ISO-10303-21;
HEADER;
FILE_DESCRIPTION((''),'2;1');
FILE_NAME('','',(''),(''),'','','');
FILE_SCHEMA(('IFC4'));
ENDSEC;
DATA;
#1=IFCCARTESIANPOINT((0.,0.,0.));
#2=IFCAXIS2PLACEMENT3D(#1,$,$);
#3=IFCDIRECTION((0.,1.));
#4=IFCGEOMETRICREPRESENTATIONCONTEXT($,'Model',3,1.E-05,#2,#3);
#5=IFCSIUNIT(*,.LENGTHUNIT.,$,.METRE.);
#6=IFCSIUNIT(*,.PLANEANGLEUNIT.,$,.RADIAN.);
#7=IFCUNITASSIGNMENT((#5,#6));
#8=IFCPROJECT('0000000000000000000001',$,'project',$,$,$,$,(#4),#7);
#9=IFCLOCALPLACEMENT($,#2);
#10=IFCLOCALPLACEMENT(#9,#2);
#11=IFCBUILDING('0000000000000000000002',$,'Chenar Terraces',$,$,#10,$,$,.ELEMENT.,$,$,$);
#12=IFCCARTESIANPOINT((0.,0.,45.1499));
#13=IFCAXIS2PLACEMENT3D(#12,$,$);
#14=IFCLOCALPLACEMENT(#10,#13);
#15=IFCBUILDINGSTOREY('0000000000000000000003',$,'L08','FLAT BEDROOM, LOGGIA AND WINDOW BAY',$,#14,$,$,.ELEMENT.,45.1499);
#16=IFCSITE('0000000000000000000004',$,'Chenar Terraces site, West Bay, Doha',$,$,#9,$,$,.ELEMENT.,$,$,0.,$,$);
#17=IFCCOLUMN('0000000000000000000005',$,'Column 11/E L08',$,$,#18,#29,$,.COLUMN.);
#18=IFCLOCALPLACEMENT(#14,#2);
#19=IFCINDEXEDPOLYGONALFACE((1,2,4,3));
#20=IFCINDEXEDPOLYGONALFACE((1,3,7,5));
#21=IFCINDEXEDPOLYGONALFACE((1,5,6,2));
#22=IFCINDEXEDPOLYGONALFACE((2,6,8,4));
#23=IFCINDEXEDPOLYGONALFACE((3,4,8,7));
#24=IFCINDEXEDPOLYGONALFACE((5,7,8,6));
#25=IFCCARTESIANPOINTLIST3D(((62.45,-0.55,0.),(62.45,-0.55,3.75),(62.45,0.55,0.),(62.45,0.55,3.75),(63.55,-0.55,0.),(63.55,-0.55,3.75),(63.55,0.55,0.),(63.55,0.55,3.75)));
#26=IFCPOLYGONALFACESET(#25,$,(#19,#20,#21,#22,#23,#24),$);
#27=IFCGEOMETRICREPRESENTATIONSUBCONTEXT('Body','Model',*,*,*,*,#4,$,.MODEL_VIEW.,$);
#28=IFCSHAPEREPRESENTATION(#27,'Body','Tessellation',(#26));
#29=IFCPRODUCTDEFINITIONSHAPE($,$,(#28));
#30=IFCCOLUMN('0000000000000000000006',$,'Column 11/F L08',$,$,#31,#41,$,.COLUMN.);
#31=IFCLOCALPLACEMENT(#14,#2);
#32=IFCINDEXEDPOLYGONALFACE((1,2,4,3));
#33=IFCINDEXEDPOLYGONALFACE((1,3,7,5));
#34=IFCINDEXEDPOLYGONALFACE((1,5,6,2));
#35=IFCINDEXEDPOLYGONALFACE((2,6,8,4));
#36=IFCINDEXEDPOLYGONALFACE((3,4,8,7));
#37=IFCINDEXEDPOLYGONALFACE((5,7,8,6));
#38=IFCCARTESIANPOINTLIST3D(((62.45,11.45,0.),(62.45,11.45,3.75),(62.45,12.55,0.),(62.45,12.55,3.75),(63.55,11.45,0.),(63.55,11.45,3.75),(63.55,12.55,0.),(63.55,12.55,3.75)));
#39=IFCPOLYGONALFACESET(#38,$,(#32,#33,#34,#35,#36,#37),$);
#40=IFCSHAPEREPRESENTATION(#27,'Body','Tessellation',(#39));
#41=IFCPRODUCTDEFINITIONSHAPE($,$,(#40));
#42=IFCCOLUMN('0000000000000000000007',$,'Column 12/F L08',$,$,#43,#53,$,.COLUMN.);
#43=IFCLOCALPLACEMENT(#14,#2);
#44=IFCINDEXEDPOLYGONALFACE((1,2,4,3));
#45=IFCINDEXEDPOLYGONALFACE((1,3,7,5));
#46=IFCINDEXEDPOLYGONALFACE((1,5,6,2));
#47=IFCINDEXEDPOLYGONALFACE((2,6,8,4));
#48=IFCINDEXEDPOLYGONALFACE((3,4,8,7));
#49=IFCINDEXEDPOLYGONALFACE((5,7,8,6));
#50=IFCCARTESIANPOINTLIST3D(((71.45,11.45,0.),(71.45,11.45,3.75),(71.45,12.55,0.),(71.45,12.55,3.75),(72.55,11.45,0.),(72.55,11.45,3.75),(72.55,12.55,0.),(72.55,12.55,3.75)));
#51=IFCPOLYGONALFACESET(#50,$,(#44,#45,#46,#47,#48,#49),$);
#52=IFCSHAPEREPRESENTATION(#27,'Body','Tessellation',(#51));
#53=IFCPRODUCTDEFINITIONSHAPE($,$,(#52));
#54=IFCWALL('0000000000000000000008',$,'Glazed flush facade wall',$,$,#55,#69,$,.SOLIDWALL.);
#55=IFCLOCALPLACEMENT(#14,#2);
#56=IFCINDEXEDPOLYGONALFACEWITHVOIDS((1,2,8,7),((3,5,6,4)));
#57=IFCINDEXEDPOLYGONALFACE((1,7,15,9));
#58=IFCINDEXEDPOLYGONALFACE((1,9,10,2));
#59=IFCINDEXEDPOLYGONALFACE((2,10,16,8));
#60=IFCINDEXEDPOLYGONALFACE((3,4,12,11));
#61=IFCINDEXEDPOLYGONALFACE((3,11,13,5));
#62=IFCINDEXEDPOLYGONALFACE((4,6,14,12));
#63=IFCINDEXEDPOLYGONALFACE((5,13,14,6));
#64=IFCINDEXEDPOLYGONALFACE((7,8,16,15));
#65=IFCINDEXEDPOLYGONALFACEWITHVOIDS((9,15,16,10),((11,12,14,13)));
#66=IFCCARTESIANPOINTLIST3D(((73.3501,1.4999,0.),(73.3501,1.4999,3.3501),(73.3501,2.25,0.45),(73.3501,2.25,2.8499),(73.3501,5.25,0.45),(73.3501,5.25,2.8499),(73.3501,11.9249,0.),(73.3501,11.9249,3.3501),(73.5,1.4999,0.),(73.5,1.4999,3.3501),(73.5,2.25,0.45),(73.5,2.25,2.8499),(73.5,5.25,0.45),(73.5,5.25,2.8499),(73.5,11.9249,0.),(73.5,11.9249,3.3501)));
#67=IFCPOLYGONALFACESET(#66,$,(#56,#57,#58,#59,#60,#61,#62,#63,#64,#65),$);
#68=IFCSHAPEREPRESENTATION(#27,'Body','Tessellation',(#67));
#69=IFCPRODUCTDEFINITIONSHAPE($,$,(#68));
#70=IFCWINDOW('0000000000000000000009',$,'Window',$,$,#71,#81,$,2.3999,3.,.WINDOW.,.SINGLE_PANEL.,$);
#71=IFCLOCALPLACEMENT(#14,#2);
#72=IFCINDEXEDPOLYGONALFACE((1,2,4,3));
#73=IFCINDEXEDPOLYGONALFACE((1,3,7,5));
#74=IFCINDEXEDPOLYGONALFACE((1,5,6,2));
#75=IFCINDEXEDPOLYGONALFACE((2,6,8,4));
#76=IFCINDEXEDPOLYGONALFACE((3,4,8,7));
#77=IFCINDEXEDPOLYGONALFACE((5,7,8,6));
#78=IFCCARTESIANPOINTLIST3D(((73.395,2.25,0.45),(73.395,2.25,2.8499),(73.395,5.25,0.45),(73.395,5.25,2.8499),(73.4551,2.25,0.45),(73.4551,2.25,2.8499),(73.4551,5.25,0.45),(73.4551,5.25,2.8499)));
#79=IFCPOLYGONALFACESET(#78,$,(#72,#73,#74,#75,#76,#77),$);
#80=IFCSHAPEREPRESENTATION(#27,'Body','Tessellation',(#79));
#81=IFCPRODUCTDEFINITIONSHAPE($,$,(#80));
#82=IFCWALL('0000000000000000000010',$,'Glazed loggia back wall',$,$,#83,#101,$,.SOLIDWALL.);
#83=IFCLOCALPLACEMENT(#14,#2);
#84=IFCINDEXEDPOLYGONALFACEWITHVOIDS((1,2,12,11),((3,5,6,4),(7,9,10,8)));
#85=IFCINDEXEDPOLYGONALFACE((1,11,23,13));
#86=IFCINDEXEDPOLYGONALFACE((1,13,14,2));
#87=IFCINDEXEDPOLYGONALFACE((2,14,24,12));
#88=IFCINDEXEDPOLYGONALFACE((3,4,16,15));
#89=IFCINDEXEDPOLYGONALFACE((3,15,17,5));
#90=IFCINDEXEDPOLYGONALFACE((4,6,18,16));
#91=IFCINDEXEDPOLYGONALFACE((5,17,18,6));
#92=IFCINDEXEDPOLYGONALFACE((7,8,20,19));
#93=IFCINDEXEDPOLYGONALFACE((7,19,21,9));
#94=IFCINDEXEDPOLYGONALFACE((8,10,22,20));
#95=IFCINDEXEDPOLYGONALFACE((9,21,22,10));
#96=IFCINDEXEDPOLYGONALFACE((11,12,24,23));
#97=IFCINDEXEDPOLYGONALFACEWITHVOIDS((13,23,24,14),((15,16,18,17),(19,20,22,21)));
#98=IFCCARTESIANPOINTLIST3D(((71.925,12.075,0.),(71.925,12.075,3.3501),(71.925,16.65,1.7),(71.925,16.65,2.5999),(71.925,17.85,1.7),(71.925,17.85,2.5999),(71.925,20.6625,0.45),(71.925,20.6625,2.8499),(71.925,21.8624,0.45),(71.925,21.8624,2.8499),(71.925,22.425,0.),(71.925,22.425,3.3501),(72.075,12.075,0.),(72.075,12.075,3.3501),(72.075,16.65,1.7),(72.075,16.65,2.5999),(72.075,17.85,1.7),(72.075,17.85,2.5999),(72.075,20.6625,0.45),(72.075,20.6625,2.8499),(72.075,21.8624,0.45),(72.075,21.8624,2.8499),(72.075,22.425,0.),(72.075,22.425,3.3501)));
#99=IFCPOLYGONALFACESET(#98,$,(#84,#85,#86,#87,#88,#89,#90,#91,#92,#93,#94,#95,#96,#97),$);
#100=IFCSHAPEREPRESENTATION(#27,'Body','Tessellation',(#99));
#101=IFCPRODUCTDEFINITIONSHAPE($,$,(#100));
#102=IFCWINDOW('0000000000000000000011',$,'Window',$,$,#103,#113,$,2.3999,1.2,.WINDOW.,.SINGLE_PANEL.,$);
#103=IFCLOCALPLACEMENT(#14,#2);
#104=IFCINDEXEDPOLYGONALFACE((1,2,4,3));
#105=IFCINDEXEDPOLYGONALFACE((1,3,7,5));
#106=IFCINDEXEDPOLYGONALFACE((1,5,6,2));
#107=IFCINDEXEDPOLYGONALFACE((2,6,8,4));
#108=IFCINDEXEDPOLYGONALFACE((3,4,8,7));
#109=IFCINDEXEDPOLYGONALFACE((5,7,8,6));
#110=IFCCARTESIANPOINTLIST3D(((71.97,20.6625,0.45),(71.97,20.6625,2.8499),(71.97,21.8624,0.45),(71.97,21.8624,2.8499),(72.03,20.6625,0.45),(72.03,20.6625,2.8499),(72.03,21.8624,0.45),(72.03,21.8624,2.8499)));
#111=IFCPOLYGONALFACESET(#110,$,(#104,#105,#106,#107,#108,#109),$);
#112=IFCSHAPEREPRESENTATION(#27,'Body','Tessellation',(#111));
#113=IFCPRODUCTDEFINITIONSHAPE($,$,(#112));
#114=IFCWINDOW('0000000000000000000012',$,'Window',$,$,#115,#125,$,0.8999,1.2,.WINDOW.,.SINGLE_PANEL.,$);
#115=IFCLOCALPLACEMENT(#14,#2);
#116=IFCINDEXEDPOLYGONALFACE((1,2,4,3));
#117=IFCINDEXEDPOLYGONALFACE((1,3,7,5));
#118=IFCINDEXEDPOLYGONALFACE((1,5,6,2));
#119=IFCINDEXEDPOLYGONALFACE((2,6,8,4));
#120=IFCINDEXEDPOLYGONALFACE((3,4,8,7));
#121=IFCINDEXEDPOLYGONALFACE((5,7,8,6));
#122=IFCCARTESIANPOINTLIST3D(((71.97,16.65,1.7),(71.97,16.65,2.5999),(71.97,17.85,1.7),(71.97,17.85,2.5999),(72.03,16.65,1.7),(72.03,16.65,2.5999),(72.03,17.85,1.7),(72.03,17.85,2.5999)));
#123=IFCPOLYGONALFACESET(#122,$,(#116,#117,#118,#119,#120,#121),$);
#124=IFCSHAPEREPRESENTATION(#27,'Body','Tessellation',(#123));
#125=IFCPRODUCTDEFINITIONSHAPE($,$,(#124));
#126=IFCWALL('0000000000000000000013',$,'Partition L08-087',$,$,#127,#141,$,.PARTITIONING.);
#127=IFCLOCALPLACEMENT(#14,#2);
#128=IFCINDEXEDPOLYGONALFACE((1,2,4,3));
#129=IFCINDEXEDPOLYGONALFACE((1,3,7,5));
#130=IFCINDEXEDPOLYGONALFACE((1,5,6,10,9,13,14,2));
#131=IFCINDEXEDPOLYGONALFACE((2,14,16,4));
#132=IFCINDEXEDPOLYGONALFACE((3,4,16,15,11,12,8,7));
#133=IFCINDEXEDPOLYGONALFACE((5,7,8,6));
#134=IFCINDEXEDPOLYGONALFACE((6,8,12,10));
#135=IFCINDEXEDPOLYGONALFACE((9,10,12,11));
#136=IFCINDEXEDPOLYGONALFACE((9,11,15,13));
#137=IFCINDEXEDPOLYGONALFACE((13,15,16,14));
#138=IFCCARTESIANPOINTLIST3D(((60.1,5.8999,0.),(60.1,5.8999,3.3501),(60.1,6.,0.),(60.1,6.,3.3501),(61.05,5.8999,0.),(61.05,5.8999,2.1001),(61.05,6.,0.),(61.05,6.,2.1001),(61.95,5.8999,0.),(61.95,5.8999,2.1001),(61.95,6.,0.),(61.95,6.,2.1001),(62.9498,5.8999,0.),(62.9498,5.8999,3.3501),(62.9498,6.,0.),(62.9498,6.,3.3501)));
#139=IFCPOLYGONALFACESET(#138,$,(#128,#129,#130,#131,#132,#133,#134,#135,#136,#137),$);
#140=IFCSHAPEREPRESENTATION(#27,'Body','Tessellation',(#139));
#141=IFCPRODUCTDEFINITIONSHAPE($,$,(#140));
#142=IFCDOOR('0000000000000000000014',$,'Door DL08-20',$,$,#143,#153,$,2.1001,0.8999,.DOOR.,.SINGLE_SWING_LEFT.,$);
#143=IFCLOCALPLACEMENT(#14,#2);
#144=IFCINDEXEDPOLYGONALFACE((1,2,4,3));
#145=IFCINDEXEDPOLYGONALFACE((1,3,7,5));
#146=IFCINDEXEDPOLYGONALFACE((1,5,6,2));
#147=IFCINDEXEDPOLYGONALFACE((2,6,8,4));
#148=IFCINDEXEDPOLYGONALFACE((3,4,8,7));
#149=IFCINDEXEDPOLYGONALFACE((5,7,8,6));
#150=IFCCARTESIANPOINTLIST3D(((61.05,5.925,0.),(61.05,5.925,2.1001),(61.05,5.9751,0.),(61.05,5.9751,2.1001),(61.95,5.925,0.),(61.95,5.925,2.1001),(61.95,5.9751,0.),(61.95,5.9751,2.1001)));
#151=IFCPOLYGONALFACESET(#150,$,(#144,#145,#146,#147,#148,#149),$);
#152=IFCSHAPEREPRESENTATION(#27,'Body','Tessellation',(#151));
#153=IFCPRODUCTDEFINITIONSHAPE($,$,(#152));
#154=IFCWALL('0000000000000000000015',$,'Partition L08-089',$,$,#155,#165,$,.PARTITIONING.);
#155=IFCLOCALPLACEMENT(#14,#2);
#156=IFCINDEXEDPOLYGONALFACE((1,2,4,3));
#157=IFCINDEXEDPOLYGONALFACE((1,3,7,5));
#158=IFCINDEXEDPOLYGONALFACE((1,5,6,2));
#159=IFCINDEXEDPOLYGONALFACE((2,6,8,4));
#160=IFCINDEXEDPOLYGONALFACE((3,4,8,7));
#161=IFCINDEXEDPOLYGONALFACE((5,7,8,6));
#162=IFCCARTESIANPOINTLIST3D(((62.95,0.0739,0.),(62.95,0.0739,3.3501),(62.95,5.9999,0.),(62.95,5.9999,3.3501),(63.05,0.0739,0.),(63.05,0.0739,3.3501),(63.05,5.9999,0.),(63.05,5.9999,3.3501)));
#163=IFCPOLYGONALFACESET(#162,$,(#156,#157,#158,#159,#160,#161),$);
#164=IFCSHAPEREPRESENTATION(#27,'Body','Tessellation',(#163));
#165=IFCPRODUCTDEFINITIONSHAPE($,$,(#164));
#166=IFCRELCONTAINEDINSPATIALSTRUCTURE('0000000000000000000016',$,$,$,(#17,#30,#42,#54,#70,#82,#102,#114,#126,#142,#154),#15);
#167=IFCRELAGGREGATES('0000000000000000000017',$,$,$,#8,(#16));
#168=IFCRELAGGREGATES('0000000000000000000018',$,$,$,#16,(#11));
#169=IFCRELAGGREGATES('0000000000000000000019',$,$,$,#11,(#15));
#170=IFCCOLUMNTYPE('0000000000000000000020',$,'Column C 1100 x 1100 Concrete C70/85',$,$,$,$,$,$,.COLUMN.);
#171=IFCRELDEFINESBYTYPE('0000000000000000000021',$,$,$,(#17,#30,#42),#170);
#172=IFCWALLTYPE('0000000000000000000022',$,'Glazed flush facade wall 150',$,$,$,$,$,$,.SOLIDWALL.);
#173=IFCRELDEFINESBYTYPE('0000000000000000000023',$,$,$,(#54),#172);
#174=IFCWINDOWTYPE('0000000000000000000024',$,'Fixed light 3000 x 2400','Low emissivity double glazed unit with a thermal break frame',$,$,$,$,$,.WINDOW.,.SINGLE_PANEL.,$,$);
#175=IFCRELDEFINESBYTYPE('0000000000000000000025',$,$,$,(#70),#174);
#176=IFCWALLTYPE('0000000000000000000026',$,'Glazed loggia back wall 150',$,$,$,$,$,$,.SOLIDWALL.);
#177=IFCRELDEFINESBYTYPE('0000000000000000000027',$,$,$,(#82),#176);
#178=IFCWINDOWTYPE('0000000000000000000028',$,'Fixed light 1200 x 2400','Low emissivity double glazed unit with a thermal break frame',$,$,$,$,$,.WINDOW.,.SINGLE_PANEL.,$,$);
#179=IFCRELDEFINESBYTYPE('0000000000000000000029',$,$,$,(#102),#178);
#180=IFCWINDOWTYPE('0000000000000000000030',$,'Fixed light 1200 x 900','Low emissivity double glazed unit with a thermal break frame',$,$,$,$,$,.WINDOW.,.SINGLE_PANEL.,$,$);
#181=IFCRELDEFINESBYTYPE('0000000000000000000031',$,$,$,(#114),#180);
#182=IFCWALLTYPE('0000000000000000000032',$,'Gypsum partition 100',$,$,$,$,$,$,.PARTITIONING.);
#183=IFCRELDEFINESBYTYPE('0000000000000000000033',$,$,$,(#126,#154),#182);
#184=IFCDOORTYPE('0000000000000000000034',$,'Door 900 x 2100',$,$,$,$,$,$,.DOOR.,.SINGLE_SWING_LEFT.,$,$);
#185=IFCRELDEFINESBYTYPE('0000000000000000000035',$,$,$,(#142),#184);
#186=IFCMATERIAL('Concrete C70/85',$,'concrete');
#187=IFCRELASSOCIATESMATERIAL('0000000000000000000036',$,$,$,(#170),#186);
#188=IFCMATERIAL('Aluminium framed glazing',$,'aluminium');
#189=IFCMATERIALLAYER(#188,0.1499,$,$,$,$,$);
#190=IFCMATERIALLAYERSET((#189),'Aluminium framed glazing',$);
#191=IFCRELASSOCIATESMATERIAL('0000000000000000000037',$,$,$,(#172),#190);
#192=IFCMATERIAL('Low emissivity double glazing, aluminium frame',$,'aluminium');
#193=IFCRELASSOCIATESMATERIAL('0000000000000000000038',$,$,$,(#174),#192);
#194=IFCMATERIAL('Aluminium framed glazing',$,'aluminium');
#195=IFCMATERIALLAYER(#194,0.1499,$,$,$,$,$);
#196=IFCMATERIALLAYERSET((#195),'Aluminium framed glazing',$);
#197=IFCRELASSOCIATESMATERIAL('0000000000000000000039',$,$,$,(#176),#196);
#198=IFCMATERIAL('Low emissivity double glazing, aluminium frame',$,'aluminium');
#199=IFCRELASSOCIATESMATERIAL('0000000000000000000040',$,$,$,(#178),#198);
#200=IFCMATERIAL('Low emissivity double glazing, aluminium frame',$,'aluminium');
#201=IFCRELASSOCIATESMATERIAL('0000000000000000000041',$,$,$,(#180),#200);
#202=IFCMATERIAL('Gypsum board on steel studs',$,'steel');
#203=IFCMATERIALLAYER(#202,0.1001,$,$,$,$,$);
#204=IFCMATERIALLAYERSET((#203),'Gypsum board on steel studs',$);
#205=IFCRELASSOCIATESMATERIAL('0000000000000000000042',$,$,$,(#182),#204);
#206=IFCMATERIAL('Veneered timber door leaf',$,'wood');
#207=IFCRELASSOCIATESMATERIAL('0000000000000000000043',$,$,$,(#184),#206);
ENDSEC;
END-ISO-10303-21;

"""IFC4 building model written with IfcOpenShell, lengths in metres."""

from ifc_helpers import new_model, si_unit, direction, frame, frame_2d, origin, origin_2d, place, context, subcontext, project, spatial, rectangle, extrude, material, layer, layer_set, material_profile, profile_set, type_object, element, fill, save


model = new_model("IFC4")

# Units and contexts
model_context = context("Model", 3, precision=1e-05, world=origin(), true_north=direction((0.0, 1.0)))
body_context = subcontext(model_context, "Body", "Model", "MODEL_VIEW")
ifc_project = project(units=[si_unit("LENGTHUNIT", "METRE"), si_unit("PLANEANGLEUNIT", "RADIAN")], contexts=[model_context])

# Site, building, storey
site_placement = place(None, origin())
site = spatial("IfcSite", under=ifc_project, at=site_placement, Name="Chenar Terraces site, West Bay, Doha", CompositionType="ELEMENT", RefElevation=0.0)
building_placement = place(site_placement, origin())
building = spatial("IfcBuilding", under=site, at=building_placement, Name="Chenar Terraces", CompositionType="ELEMENT")
storey_placement = place(building_placement, frame((0.0, 0.0, 45.1499)))
storey = spatial("IfcBuildingStorey", under=building, at=storey_placement, Name="L08", Description="FLAT BEDROOM, LOGGIA AND WINDOW BAY", CompositionType="ELEMENT", Elevation=45.1499)

# Columns
ifc_material_1 = material(Name="Concrete C70/85", Category="concrete")
ifc_material_profile = material_profile(ifc_material_1, rectangle(XDim=1.1001, YDim=1.1001, at=origin_2d()), Name="C 1100 x 1100")
ifc_profile_set = profile_set([ifc_material_profile], Name="Concrete C70/85")
column_type = type_object("IfcColumnType", Name="Column C 1100 x 1100 Concrete C70/85", PredefinedType="COLUMN", material=ifc_profile_set)
for number, where, z_axis, x_axis, name in (
    (1, (63.0, 0.0, 0.0), (0.0, 0.0, 1.0), (1.0, 0.0, 0.0), "Column 11/E L08"),
    (2, (63.0, 12.0, 0.0), (0.0, 0.0, 1.0), (1.0, 0.0, 0.0), "Column 11/F L08"),
    (3, (72.0, 12.0, 0.0), (0.0, 0.0, 1.0), (1.0, 0.0, 0.0), "Column 12/F L08"),
):
    element("IfcColumn", number, at=place(storey_placement, frame(where, z_axis=z_axis, x_axis=x_axis)), inside=storey, type_object=column_type, Name=name, PredefinedType="COLUMN", context=body_context, shape_type="SweptSolid", body=[
        extrude(rectangle(XDim=1.1001, YDim=1.1001, at=origin_2d()), origin(), (0.0, 0.0, 1.0), 3.75),
    ])

# Wall, opening, window
ifc_material_2 = material(Name="Aluminium framed glazing", Category="aluminium")
ifc_layer_1 = layer(ifc_material_2, 0.1499)
ifc_layer_set_1 = layer_set([ifc_layer_1], Name="Aluminium framed glazing")
wall_type_1 = type_object("IfcWallType", Name="Glazed flush facade wall 150", PredefinedType="SOLIDWALL", material=ifc_layer_set_1)
wall_1_placement = place(storey_placement, frame((73.425, 1.5, 0.0), z_axis=(0.0, 0.0, 1.0), x_axis=(0.0, 1.0, 0.0)))
wall_1 = element("IfcWall", 4, at=wall_1_placement, inside=storey, type_object=wall_type_1, Name="Glazed flush facade wall", PredefinedType="SOLIDWALL", context=body_context, shape_type="SweptSolid", body=[
    extrude(rectangle(XDim=10.425, YDim=0.1499, at=frame_2d((5.2124, 0.0))), origin(), (0.0, 0.0, 1.0), 3.3501),
])
opening_1_placement = place(wall_1_placement, frame((0.75, 0.0, 0.45)))
opening_1 = element("IfcOpeningElement", 5, at=opening_1_placement, cuts=wall_1, PredefinedType="OPENING", context=body_context, shape_type="SweptSolid", body=[
    extrude(rectangle(XDim=3.0, YDim=2.3999, at=frame_2d((1.5, 1.2))), frame((0.0, 0.085, 0.0), z_axis=(0.0, -1.0, 0.0), x_axis=(1.0, 0.0, 0.0)), (0.0, 0.0, 1.0), 0.1699),
])
ifc_material_3 = material(Name="Low emissivity double glazing, aluminium frame", Category="aluminium")
window_type_1 = type_object("IfcWindowType", Name="Fixed light 3000 x 2400", Description="Low emissivity double glazed unit with a thermal break frame", PartitioningType="SINGLE_PANEL", PredefinedType="WINDOW", material=ifc_material_3)
window_1_placement = place(opening_1_placement, origin())
window_1 = element("IfcWindow", 6, at=window_1_placement, inside=storey, type_object=window_type_1, Name="Window", OverallHeight=2.3999, OverallWidth=3.0, PartitioningType="SINGLE_PANEL", PredefinedType="WINDOW", context=body_context, shape_type="SweptSolid", body=[
    extrude(rectangle(XDim=3.0, YDim=2.3999, at=frame_2d((1.5, 1.2))), frame((0.0, 0.03, 0.0), z_axis=(0.0, -1.0, 0.0), x_axis=(1.0, 0.0, 0.0)), (0.0, 0.0, 1.0), 0.0601),
])
fill(opening_1, window_1)

# Wall, openings, windows
ifc_material_4 = material(Name="Aluminium framed glazing", Category="aluminium")
ifc_layer_2 = layer(ifc_material_4, 0.1499)
ifc_layer_set_2 = layer_set([ifc_layer_2], Name="Aluminium framed glazing")
wall_type_2 = type_object("IfcWallType", Name="Glazed loggia back wall 150", PredefinedType="SOLIDWALL", material=ifc_layer_set_2)
wall_2_placement = place(storey_placement, frame((72.0, 12.075, 0.0), z_axis=(0.0, 0.0, 1.0), x_axis=(0.0, 1.0, 0.0)))
wall_2 = element("IfcWall", 7, at=wall_2_placement, inside=storey, type_object=wall_type_2, Name="Glazed loggia back wall", PredefinedType="SOLIDWALL", context=body_context, shape_type="SweptSolid", body=[
    extrude(rectangle(XDim=10.3501, YDim=0.1499, at=frame_2d((5.175, 0.0))), origin(), (0.0, 0.0, 1.0), 3.3501),
])
opening_2_placement = place(wall_2_placement, frame((4.575, 0.0, 1.7)))
opening_2 = element("IfcOpeningElement", 8, at=opening_2_placement, cuts=wall_2, PredefinedType="OPENING", context=body_context, shape_type="SweptSolid", body=[
    extrude(rectangle(XDim=1.2, YDim=0.8999, at=frame_2d((0.6001, 0.45))), frame((0.0, 0.085, 0.0), z_axis=(0.0, -1.0, 0.0), x_axis=(1.0, 0.0, 0.0)), (0.0, 0.0, 1.0), 0.1699),
])
opening_3_placement = place(wall_2_placement, frame((8.5874, 0.0, 0.45)))
opening_3 = element("IfcOpeningElement", 9, at=opening_3_placement, cuts=wall_2, PredefinedType="OPENING", context=body_context, shape_type="SweptSolid", body=[
    extrude(rectangle(XDim=1.2, YDim=2.3999, at=frame_2d((0.6001, 1.2))), frame((0.0, 0.085, 0.0), z_axis=(0.0, -1.0, 0.0), x_axis=(1.0, 0.0, 0.0)), (0.0, 0.0, 1.0), 0.1699),
])
ifc_material_5 = material(Name="Low emissivity double glazing, aluminium frame", Category="aluminium")
window_type_2 = type_object("IfcWindowType", Name="Fixed light 1200 x 2400", Description="Low emissivity double glazed unit with a thermal break frame", PartitioningType="SINGLE_PANEL", PredefinedType="WINDOW", material=ifc_material_5)
window_2_placement = place(opening_3_placement, origin())
window_2 = element("IfcWindow", 10, at=window_2_placement, inside=storey, type_object=window_type_2, Name="Window", OverallHeight=2.3999, OverallWidth=1.2, PartitioningType="SINGLE_PANEL", PredefinedType="WINDOW", context=body_context, shape_type="SweptSolid", body=[
    extrude(rectangle(XDim=1.2, YDim=2.3999, at=frame_2d((0.6001, 1.2))), frame((0.0, 0.03, 0.0), z_axis=(0.0, -1.0, 0.0), x_axis=(1.0, 0.0, 0.0)), (0.0, 0.0, 1.0), 0.0601),
])
fill(opening_3, window_2)
ifc_material_6 = material(Name="Low emissivity double glazing, aluminium frame", Category="aluminium")
window_type_3 = type_object("IfcWindowType", Name="Fixed light 1200 x 900", Description="Low emissivity double glazed unit with a thermal break frame", PartitioningType="SINGLE_PANEL", PredefinedType="WINDOW", material=ifc_material_6)
window_3_placement = place(opening_2_placement, origin())
window_3 = element("IfcWindow", 11, at=window_3_placement, inside=storey, type_object=window_type_3, Name="Window", OverallHeight=0.8999, OverallWidth=1.2, PartitioningType="SINGLE_PANEL", PredefinedType="WINDOW", context=body_context, shape_type="SweptSolid", body=[
    extrude(rectangle(XDim=1.2, YDim=0.8999, at=frame_2d((0.6001, 0.45))), frame((0.0, 0.03, 0.0), z_axis=(0.0, -1.0, 0.0), x_axis=(1.0, 0.0, 0.0)), (0.0, 0.0, 1.0), 0.0601),
])
fill(opening_2, window_3)

# Wall, opening, door
ifc_material_7 = material(Name="Gypsum board on steel studs", Category="steel")
ifc_layer_3 = layer(ifc_material_7, 0.1001)
ifc_layer_set_3 = layer_set([ifc_layer_3], Name="Gypsum board on steel studs")
wall_type_3 = type_object("IfcWallType", Name="Gypsum partition 100", PredefinedType="PARTITIONING", material=ifc_layer_set_3)
wall_3_placement = place(storey_placement, frame((60.1001, 5.95, 0.0), z_axis=(0.0, 0.0, 1.0), x_axis=(1.0, 0.0, 0.0)))
wall_3 = element("IfcWall", 12, at=wall_3_placement, inside=storey, type_object=wall_type_3, Name="Partition L08-087", PredefinedType="PARTITIONING", context=body_context, shape_type="SweptSolid", body=[
    extrude(rectangle(XDim=2.8499, YDim=0.1001, at=frame_2d((1.4248, 0.0))), origin(), (0.0, 0.0, 1.0), 3.3501),
])
opening_4_placement = place(wall_3_placement, frame((0.95, 0.0, 0.0)))
opening_4 = element("IfcOpeningElement", 13, at=opening_4_placement, cuts=wall_3, PredefinedType="OPENING", context=body_context, shape_type="SweptSolid", body=[
    extrude(rectangle(XDim=0.8999, YDim=2.1001, at=frame_2d((0.45, 1.05))), frame((0.0, 0.0601, 0.0), z_axis=(0.0, -1.0, 0.0), x_axis=(1.0, 0.0, 0.0)), (0.0, 0.0, 1.0), 0.1201),
])
ifc_material_8 = material(Name="Veneered timber door leaf", Category="wood")
door_type_1 = type_object("IfcDoorType", Name="Door 900 x 2100", OperationType="SINGLE_SWING_LEFT", PredefinedType="DOOR", material=ifc_material_8)
door_1_placement = place(opening_4_placement, frame((0.8999, 0.0, 0.0), z_axis=(0.0, 0.0, 1.0), x_axis=(-1.0, 0.0, 0.0)))
door_1 = element("IfcDoor", 14, at=door_1_placement, inside=storey, type_object=door_type_1, Name="Door DL08-20", OperationType="SINGLE_SWING_LEFT", OverallHeight=2.1001, OverallWidth=0.8999, PredefinedType="DOOR", context=body_context, shape_type="SweptSolid", body=[
    extrude(rectangle(XDim=0.8999, YDim=2.1001, at=frame_2d((0.45, 1.05))), frame((0.0, 0.0249, 0.0), z_axis=(0.0, -1.0, 0.0), x_axis=(1.0, 0.0, 0.0)), (0.0, 0.0, 1.0), 0.05),
])
fill(opening_4, door_1)

# Wall
for number, where, z_axis, x_axis, name in (
    (15, (63.0, 0.074, 0.0), (0.0, 0.0, 1.0), (0.0, 1.0, 0.0), "Partition L08-089"),
):
    element("IfcWall", number, at=place(storey_placement, frame(where, z_axis=z_axis, x_axis=x_axis)), inside=storey, type_object=wall_type_3, Name=name, PredefinedType="PARTITIONING", context=body_context, shape_type="SweptSolid", body=[
        extrude(rectangle(XDim=5.926, YDim=0.1001, at=frame_2d((2.9629, 0.0))), origin(), (0.0, 0.0, 1.0), 3.3501),
    ])

save(model, "model.ifc")
